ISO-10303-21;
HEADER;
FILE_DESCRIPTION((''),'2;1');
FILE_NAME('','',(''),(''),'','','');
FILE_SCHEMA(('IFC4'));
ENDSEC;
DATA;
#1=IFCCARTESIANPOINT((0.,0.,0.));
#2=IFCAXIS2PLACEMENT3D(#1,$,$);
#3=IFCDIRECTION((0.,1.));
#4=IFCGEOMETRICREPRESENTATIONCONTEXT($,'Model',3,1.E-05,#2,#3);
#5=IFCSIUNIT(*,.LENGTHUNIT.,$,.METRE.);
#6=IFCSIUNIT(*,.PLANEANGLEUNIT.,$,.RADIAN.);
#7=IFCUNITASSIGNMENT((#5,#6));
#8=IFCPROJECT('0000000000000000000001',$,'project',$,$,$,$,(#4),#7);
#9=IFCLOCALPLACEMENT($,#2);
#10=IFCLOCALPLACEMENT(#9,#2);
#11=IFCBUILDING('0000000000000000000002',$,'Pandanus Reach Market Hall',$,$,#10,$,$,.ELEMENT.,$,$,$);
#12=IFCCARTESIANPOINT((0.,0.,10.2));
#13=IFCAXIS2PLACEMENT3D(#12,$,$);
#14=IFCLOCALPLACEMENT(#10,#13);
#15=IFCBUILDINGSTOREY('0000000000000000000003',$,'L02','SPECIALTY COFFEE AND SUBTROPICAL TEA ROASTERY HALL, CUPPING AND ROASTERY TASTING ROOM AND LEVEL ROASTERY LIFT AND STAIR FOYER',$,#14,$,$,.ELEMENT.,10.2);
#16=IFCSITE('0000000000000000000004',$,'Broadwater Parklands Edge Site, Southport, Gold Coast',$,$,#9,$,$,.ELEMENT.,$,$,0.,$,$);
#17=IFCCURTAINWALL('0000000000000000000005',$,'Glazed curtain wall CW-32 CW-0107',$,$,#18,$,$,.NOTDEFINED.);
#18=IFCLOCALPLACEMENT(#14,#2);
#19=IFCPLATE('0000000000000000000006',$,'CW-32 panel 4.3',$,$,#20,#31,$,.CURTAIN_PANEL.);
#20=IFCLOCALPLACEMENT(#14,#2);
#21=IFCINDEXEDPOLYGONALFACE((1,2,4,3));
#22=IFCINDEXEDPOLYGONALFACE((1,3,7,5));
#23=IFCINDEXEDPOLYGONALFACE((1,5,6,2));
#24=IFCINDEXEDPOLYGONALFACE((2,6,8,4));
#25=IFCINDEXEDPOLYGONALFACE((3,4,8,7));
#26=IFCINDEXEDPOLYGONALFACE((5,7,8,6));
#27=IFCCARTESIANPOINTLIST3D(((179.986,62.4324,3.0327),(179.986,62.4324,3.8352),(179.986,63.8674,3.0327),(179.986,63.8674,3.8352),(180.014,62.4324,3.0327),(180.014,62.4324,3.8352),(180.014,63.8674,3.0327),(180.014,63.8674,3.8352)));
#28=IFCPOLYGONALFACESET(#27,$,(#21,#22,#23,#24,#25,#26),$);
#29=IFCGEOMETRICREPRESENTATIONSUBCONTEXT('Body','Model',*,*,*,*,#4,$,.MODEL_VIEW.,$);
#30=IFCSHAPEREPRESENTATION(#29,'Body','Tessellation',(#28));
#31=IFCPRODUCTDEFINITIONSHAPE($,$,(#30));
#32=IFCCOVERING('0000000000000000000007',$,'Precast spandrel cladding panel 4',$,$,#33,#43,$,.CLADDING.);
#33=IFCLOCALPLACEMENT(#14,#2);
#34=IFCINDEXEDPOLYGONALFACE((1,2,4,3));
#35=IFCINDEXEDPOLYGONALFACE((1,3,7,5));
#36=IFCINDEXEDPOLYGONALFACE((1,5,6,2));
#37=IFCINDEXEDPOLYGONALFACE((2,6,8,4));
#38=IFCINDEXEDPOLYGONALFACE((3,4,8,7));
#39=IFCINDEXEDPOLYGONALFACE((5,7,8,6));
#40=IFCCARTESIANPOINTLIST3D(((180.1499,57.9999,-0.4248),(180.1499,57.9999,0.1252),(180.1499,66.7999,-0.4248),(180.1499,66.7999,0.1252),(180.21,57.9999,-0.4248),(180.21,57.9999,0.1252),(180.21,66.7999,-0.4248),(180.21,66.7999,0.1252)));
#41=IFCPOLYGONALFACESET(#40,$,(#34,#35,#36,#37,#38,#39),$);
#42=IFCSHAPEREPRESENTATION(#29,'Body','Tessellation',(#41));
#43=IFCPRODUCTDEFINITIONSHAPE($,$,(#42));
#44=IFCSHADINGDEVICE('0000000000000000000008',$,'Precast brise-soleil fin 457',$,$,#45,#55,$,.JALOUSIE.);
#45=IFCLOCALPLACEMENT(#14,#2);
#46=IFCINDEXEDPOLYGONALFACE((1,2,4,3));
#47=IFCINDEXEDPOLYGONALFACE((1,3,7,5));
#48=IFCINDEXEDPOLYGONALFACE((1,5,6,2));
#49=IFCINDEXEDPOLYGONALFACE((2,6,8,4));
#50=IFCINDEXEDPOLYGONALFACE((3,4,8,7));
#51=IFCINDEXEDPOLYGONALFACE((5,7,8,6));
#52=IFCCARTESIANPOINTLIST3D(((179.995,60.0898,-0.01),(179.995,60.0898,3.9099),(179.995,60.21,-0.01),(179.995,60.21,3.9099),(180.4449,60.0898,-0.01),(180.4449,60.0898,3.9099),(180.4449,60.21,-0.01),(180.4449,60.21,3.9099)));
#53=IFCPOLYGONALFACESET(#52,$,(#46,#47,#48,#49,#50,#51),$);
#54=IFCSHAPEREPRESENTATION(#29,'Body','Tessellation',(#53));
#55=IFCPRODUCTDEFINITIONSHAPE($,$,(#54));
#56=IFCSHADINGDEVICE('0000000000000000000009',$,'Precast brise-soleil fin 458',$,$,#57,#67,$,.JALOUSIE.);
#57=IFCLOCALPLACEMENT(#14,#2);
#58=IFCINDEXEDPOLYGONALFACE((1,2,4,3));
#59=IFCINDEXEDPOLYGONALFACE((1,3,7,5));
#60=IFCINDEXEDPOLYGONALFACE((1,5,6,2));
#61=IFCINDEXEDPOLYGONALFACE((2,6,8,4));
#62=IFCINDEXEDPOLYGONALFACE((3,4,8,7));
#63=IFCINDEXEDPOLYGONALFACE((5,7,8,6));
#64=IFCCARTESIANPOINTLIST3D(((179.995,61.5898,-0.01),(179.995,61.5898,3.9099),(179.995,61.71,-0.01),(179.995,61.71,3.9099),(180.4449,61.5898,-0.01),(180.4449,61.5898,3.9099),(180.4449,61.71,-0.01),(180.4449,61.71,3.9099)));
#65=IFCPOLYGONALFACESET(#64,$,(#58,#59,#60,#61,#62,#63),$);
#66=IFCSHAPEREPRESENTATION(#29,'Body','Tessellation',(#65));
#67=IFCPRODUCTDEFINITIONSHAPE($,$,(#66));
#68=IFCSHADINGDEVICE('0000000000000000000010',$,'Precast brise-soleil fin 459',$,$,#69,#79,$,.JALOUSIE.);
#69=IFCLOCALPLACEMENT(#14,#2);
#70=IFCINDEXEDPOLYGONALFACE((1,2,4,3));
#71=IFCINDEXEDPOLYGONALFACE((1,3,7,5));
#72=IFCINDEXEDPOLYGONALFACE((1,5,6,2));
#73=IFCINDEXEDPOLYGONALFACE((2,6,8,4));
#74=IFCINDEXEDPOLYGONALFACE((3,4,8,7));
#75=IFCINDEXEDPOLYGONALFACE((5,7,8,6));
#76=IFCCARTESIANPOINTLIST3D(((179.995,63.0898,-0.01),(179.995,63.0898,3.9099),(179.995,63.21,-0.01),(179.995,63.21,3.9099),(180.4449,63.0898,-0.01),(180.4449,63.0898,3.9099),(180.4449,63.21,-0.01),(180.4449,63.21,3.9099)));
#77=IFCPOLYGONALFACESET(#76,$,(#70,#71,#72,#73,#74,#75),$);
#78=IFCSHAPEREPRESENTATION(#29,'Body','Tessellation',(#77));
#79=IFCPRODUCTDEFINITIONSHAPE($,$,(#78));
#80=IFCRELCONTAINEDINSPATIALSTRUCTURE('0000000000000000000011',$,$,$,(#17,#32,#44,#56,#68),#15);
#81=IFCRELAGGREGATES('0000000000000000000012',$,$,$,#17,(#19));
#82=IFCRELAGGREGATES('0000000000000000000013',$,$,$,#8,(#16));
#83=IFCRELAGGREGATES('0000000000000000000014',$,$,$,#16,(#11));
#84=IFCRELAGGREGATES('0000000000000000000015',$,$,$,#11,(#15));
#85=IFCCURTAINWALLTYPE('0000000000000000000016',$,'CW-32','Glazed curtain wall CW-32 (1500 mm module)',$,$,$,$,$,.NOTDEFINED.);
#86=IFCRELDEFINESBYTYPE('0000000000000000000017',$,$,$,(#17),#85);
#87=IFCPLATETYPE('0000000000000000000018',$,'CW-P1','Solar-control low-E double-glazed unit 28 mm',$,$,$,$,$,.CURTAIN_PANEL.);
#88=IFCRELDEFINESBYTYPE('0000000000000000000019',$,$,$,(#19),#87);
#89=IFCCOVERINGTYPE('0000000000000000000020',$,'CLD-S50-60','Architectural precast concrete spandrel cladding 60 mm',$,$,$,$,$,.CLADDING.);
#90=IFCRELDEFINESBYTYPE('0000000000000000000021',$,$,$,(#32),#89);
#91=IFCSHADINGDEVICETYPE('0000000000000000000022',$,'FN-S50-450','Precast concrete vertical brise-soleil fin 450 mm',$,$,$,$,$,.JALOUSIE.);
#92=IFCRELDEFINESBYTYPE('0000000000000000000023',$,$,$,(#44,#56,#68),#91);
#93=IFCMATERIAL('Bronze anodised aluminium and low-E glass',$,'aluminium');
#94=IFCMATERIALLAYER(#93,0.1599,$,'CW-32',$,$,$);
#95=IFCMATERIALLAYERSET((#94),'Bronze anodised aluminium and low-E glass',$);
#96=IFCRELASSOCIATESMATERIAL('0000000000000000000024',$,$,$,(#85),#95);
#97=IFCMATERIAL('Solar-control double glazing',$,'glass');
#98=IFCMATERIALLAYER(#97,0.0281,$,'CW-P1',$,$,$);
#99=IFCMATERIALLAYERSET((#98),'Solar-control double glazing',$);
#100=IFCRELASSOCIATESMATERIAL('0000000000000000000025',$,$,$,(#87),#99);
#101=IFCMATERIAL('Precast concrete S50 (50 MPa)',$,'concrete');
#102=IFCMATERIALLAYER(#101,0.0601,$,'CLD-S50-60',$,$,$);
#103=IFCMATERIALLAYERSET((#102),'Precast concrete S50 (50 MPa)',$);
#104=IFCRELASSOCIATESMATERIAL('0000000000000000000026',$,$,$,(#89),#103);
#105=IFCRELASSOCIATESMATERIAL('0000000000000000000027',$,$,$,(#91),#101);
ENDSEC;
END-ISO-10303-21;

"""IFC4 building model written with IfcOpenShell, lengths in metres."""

from ifc_helpers import new_model, si_unit, direction, frame, origin, origin_2d, place, context, subcontext, project, spatial, rectangle, extrude, material, layer, layer_set, type_object, element, aggregate, save


model = new_model("IFC4")

# Units and contexts
model_context = context("Model", 3, precision=1e-05, world=origin(), true_north=direction((0.0, 1.0)))
body_context = subcontext(model_context, "Body", "Model", "MODEL_VIEW")
ifc_project = project(units=[si_unit("LENGTHUNIT", "METRE"), si_unit("PLANEANGLEUNIT", "RADIAN")], contexts=[model_context])

# Site, building, storey
site_placement = place(None, origin())
site = spatial("IfcSite", under=ifc_project, at=site_placement, Name="Broadwater Parklands Edge Site, Southport, Gold Coast", CompositionType="ELEMENT", RefElevation=0.0)
building_placement = place(site_placement, origin())
building = spatial("IfcBuilding", under=site, at=building_placement, Name="Pandanus Reach Market Hall", CompositionType="ELEMENT")
storey_placement = place(building_placement, frame((0.0, 0.0, 10.2)))
storey = spatial("IfcBuildingStorey", under=building, at=storey_placement, Name="L02", Description="SPECIALTY COFFEE AND SUBTROPICAL TEA ROASTERY HALL, CUPPING AND ROASTERY TASTING ROOM AND LEVEL ROASTERY LIFT AND STAIR FOYER", CompositionType="ELEMENT", Elevation=10.2)

# Curtain wall, plate
ifc_material_1 = material(Name="Bronze anodised aluminium and low-E glass", Category="aluminium")
ifc_layer_1 = layer(ifc_material_1, 0.1599, Name="CW-32")
ifc_layer_set_1 = layer_set([ifc_layer_1], Name="Bronze anodised aluminium and low-E glass")
curtain_wall_type = type_object("IfcCurtainWallType", Name="CW-32", Description="Glazed curtain wall CW-32 (1500 mm module)", PredefinedType="NOTDEFINED", material=ifc_layer_set_1)
curtain_wall_placement = place(storey_placement, origin())
curtain_wall = element("IfcCurtainWall", 1, at=curtain_wall_placement, inside=storey, type_object=curtain_wall_type, Name="Glazed curtain wall CW-32 CW-0107", PredefinedType="NOTDEFINED")
ifc_material_2 = material(Name="Solar-control double glazing", Category="glass")
ifc_layer_2 = layer(ifc_material_2, 0.0281, Name="CW-P1")
ifc_layer_set_2 = layer_set([ifc_layer_2], Name="Solar-control double glazing")
plate_type = type_object("IfcPlateType", Name="CW-P1", Description="Solar-control low-E double-glazed unit 28 mm", PredefinedType="CURTAIN_PANEL", material=ifc_layer_set_2)
plate_1_placement = place(storey_placement, frame((180.0, 63.1499, 3.0327), z_axis=(0.0, 0.0, 1.0), x_axis=(0.0, 1.0, 0.0)))
plate_1 = element("IfcPlate", 2, at=plate_1_placement, type_object=plate_type, Name="CW-32 panel 4.3", PredefinedType="CURTAIN_PANEL", context=body_context, shape_type="SweptSolid", body=[
    extrude(rectangle(XDim=1.4351, YDim=0.0281, at=origin_2d()), origin(), (0.0, 0.0, 1.0), 0.8025),
])
aggregate(curtain_wall, [plate_1])

# Covering
ifc_material_3 = material(Name="Precast concrete S50 (50 MPa)", Category="concrete")
ifc_layer_3 = layer(ifc_material_3, 0.0601, Name="CLD-S50-60")
ifc_layer_set_3 = layer_set([ifc_layer_3], Name="Precast concrete S50 (50 MPa)")
covering_type = type_object("IfcCoveringType", Name="CLD-S50-60", Description="Architectural precast concrete spandrel cladding 60 mm", PredefinedType="CLADDING", material=ifc_layer_set_3)
covering_placement = place(storey_placement, frame((180.1799, 62.3999, -0.4248), z_axis=(0.0, 0.0, 1.0), x_axis=(0.0, 1.0, 0.0)))
element("IfcCovering", 3, at=covering_placement, inside=storey, type_object=covering_type, Name="Precast spandrel cladding panel 4", PredefinedType="CLADDING", context=body_context, shape_type="SweptSolid", body=[
    extrude(rectangle(XDim=8.8, YDim=0.0601, at=origin_2d()), origin(), (0.0, 0.0, 1.0), 0.55),
])

# Shading devices
shading_device_type = type_object("IfcShadingDeviceType", Name="FN-S50-450", Description="Precast concrete vertical brise-soleil fin 450 mm", PredefinedType="JALOUSIE", material=ifc_material_3)
for number, where, z_axis, x_axis, name in (
    (4, (180.22, 60.1499, -0.01), (0.0, 0.0, 1.0), (1.0, 0.0, 0.0), "Precast brise-soleil fin 457"),
    (5, (180.22, 61.6499, -0.01), (0.0, 0.0, 1.0), (1.0, 0.0, 0.0), "Precast brise-soleil fin 458"),
    (6, (180.22, 63.1499, -0.01), (0.0, 0.0, 1.0), (1.0, 0.0, 0.0), "Precast brise-soleil fin 459"),
):
    element("IfcShadingDevice", number, at=place(storey_placement, frame(where, z_axis=z_axis, x_axis=x_axis)), inside=storey, type_object=shading_device_type, Name=name, PredefinedType="JALOUSIE", context=body_context, shape_type="SweptSolid", body=[
        extrude(rectangle(XDim=0.45, YDim=0.1201, at=origin_2d()), origin(), (0.0, 0.0, 1.0), 3.9199),
    ])

save(model, "model.ifc")
